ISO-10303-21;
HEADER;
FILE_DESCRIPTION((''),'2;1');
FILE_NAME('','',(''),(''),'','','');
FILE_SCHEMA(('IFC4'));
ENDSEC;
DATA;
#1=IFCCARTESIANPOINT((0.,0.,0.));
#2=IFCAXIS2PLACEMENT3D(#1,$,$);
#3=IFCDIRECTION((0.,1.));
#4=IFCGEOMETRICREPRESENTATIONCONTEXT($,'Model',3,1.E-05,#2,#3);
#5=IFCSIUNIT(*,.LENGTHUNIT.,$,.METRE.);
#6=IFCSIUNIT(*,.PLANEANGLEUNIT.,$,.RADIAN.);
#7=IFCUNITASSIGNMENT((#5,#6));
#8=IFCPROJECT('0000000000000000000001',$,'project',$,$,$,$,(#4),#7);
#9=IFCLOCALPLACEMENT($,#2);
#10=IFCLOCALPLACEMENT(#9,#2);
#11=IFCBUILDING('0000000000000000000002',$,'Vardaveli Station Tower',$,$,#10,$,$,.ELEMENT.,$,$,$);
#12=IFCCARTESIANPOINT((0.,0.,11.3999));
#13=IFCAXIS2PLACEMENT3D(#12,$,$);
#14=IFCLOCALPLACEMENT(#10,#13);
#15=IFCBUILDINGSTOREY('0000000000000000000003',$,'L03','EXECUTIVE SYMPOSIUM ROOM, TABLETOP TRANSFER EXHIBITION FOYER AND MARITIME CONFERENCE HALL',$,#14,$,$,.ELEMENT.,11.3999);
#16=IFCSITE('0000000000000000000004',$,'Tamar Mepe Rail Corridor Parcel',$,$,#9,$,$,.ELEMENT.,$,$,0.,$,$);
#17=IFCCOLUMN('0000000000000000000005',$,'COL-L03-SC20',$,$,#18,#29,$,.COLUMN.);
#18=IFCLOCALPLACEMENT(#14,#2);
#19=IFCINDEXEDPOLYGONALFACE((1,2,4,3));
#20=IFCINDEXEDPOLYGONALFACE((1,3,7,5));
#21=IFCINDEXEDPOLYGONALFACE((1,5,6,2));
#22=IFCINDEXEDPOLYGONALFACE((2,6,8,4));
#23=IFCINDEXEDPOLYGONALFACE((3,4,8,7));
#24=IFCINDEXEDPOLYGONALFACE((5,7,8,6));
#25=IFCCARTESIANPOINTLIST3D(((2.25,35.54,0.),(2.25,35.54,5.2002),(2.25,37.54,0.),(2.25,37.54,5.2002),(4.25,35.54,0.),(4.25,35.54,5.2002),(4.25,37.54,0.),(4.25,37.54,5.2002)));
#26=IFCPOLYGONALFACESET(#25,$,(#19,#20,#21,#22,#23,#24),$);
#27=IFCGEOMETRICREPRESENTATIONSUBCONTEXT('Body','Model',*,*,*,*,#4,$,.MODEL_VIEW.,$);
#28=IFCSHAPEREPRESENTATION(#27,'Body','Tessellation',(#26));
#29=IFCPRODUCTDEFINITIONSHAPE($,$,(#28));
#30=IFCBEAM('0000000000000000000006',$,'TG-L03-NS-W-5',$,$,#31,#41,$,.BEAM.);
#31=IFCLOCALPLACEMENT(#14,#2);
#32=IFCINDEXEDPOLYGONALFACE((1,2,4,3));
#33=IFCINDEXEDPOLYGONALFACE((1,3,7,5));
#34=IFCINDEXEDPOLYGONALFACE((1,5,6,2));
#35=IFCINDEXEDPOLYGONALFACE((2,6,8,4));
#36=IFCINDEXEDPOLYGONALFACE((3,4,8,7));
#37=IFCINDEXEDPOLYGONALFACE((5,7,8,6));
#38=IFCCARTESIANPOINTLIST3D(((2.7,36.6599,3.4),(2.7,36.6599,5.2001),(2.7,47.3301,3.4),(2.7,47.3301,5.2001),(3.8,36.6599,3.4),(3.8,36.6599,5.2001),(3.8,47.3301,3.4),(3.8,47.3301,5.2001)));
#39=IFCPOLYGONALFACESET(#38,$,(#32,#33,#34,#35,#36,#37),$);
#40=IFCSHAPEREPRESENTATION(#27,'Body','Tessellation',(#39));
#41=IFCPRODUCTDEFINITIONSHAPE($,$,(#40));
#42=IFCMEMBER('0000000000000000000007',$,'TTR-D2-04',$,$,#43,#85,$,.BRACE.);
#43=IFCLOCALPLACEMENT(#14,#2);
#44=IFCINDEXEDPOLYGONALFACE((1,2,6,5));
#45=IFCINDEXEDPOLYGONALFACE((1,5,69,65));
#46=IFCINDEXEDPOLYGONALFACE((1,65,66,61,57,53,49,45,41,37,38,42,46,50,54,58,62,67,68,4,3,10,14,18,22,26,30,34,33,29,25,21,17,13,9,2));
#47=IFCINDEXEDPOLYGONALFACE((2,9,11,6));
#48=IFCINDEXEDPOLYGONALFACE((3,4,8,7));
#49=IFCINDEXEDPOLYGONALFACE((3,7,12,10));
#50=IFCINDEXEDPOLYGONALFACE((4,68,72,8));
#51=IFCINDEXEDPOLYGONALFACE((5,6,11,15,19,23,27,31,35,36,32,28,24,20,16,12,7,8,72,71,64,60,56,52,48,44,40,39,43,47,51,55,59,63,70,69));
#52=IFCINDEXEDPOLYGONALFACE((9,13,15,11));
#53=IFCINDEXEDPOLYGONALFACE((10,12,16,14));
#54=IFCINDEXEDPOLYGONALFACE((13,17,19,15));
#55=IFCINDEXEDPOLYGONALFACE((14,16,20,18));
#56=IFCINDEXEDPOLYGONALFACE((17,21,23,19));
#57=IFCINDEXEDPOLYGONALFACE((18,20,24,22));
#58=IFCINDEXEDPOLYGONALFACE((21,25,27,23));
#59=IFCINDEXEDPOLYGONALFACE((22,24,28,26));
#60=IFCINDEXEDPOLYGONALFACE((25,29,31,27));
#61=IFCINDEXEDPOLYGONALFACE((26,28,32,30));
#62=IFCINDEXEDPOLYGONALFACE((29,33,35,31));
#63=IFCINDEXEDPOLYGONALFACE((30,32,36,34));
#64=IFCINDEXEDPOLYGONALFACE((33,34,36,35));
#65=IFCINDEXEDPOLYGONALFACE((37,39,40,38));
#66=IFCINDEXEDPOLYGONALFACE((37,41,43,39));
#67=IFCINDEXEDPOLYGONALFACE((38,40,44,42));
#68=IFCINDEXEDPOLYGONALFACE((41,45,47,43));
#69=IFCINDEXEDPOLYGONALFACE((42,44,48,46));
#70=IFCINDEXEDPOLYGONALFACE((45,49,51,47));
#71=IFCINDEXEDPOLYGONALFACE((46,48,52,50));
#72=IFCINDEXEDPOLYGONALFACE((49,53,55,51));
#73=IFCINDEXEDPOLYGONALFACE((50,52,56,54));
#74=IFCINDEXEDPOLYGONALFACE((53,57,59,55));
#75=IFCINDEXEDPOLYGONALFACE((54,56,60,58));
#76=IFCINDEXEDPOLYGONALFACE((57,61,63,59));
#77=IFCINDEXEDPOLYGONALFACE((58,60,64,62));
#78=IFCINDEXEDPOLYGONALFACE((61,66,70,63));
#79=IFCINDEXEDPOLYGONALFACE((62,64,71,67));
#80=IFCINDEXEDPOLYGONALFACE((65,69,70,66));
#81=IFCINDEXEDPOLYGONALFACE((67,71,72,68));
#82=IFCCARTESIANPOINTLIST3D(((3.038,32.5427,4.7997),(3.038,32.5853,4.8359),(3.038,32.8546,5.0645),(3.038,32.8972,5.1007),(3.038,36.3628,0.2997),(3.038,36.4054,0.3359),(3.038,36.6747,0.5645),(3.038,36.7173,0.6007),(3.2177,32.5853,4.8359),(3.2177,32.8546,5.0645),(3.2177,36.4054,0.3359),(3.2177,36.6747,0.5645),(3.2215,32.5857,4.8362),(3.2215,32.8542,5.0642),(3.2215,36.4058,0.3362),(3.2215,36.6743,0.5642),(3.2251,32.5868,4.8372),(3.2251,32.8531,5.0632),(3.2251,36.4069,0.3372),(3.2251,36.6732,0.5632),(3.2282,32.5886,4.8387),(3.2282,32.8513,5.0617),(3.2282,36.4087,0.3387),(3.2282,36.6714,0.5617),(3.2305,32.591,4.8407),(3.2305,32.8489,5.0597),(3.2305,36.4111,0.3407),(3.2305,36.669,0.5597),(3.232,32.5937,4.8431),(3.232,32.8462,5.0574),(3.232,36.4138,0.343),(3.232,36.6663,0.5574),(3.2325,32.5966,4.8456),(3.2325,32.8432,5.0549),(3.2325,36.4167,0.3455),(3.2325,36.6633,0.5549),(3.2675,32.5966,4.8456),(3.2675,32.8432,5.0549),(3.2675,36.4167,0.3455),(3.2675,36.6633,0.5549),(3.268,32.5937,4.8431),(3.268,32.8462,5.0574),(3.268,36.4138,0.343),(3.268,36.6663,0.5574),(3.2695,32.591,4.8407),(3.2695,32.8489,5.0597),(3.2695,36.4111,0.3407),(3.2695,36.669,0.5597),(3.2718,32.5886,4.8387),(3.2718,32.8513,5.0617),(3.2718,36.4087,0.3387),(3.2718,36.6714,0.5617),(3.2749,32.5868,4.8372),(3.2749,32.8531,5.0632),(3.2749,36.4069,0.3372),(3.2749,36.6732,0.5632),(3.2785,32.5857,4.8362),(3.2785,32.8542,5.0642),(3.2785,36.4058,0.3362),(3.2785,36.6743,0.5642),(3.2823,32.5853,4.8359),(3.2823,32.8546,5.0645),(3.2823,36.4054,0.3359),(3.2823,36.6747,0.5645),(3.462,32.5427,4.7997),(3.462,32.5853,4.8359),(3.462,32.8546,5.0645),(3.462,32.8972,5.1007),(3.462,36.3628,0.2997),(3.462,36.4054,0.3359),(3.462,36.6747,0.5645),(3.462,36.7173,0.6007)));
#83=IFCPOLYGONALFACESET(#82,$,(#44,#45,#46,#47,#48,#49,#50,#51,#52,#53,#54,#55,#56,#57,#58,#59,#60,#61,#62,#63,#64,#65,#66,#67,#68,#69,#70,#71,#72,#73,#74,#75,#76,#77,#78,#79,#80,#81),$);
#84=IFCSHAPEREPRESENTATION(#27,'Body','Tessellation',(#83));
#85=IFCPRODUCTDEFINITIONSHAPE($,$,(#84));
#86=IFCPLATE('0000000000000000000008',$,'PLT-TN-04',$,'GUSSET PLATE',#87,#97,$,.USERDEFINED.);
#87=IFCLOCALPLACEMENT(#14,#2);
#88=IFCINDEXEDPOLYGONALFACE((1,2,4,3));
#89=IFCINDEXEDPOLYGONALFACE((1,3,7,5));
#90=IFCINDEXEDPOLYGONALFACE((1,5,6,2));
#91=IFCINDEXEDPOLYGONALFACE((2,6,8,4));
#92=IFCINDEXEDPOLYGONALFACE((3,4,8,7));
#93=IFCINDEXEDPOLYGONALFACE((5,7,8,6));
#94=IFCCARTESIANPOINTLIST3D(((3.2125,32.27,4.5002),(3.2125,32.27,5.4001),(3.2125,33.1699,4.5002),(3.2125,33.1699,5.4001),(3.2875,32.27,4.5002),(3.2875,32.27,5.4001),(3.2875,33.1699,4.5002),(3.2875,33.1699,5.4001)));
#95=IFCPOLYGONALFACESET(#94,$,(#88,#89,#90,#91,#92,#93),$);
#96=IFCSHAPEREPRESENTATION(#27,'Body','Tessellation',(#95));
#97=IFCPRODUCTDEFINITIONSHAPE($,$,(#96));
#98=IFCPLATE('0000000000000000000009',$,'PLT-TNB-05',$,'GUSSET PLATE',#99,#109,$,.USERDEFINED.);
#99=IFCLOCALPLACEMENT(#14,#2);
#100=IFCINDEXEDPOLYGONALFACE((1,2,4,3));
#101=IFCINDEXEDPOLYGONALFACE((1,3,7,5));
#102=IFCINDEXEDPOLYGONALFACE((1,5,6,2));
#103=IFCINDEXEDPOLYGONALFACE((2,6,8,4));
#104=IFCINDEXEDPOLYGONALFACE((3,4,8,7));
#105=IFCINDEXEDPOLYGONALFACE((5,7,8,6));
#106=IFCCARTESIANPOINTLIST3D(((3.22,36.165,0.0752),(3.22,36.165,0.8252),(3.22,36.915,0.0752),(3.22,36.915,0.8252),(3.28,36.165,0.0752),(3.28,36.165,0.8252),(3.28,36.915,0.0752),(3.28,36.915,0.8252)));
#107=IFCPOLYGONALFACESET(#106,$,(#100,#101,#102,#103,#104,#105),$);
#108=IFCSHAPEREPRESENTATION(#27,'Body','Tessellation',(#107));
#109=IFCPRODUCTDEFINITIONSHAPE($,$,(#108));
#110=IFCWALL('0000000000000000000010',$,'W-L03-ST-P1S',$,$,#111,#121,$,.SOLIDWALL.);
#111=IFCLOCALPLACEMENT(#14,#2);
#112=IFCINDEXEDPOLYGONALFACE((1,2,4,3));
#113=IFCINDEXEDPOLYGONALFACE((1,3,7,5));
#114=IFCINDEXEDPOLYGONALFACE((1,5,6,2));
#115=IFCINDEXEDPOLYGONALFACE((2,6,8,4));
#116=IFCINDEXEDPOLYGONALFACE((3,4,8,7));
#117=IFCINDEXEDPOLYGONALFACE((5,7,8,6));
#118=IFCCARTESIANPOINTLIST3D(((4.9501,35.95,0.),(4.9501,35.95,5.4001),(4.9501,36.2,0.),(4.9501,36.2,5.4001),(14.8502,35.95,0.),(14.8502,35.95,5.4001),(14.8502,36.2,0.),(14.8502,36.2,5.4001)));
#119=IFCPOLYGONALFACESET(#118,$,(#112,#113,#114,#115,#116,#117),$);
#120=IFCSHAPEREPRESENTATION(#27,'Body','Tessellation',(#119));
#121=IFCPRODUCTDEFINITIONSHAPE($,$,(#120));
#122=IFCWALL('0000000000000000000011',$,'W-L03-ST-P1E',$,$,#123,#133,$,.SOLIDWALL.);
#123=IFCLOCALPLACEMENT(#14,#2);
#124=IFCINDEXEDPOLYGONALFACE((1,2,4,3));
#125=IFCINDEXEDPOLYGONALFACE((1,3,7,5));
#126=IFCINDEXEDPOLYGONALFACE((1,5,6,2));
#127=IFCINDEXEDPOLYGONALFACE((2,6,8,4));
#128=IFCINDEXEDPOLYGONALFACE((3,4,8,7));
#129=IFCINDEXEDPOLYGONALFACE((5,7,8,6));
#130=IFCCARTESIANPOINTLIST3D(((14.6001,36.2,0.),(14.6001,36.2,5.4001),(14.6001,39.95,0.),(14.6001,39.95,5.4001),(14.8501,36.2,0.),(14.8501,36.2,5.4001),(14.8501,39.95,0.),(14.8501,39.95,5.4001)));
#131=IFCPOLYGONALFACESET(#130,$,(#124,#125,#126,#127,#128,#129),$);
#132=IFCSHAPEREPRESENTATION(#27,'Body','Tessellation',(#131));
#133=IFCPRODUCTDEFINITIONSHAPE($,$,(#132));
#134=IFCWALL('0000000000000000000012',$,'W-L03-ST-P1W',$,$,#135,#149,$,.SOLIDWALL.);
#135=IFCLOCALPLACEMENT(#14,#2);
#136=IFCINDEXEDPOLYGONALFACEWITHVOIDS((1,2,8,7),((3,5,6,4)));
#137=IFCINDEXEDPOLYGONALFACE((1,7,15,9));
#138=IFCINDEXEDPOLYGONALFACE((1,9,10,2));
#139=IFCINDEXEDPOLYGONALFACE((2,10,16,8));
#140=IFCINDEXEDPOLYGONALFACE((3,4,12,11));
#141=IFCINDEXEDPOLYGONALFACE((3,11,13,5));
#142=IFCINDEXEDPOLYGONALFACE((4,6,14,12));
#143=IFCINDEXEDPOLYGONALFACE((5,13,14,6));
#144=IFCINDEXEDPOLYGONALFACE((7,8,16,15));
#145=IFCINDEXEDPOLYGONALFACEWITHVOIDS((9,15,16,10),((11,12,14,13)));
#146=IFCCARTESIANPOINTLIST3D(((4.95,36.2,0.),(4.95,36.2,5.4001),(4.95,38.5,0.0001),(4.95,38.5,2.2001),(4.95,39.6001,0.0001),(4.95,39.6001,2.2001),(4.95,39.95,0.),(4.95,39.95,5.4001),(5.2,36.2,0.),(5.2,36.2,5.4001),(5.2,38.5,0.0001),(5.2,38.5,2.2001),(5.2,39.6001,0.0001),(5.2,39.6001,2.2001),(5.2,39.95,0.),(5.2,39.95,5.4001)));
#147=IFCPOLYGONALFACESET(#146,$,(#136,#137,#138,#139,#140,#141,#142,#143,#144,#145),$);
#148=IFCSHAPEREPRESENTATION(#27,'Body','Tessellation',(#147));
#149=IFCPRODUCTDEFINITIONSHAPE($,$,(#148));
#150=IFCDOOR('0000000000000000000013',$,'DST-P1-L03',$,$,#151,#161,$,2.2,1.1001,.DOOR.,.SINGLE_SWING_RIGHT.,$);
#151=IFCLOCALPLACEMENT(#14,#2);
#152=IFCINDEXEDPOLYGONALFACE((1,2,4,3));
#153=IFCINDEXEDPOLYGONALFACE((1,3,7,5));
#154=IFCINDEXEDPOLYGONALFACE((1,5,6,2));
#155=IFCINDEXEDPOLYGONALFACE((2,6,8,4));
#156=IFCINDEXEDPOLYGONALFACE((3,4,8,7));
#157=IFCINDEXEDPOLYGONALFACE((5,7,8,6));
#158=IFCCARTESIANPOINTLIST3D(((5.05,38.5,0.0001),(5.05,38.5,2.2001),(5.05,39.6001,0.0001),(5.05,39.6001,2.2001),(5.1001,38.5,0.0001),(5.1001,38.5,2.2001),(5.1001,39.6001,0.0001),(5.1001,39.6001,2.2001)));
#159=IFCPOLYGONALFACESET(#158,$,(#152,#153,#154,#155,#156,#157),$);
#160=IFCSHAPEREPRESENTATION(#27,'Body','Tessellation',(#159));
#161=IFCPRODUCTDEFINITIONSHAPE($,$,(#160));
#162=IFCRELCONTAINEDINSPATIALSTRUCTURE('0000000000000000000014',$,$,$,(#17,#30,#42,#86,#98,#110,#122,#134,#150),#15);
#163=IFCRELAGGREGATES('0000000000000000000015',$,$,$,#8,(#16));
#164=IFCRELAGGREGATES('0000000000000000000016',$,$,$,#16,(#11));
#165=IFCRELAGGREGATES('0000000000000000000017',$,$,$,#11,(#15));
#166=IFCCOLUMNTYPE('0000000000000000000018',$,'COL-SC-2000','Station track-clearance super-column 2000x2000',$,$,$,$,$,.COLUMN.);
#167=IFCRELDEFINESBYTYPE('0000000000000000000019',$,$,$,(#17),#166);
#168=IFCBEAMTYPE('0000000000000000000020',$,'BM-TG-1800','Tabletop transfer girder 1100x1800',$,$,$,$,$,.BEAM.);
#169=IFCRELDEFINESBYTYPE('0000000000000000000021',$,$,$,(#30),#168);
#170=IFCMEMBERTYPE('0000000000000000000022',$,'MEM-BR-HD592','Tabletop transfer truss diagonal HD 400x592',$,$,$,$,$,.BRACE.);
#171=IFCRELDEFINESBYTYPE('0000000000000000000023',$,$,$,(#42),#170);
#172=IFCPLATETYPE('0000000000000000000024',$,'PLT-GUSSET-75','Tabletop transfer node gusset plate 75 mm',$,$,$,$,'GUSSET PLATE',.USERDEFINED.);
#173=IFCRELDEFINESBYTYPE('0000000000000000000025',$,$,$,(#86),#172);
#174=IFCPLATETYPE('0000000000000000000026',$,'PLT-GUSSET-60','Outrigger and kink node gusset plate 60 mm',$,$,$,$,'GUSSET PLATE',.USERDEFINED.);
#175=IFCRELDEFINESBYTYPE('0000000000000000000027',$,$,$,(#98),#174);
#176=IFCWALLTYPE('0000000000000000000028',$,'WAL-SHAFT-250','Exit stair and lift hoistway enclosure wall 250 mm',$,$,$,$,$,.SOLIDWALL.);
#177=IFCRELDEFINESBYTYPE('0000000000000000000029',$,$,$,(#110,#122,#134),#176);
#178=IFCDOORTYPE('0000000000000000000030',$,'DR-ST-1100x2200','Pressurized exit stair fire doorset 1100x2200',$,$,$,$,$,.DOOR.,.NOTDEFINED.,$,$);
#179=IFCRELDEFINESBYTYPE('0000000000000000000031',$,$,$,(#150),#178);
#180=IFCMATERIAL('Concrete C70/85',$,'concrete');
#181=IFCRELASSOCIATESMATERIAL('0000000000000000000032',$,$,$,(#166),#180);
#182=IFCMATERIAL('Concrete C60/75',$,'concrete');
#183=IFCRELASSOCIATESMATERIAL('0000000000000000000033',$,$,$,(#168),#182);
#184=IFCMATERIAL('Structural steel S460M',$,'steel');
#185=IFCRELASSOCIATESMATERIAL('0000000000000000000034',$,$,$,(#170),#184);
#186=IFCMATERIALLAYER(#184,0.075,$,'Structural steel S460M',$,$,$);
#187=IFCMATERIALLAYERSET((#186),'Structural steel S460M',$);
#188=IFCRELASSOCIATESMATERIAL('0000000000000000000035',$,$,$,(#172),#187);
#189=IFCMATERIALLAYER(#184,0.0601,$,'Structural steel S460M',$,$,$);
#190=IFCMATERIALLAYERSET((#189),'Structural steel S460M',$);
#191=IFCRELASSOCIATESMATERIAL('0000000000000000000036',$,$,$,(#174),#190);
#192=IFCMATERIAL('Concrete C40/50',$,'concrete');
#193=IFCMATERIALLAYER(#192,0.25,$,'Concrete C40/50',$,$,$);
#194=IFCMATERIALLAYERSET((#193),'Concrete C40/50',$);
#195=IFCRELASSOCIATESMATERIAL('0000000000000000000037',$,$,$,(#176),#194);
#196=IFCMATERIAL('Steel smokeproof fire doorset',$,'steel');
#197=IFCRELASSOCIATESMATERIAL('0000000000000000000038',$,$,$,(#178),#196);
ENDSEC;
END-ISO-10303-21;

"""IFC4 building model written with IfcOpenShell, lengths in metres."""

from ifc_helpers import new_model, si_unit, direction, frame, frame_2d, origin, origin_2d, place, context, subcontext, project, spatial, rectangle, i_section, extrude, source, transform, mapped, material, layer, layer_set, material_profile, profile_set, type_object, element, fill, save


model = new_model("IFC4")

# Units and contexts
model_context = context("Model", 3, precision=1e-05, world=origin(), true_north=direction((0.0, 1.0)))
body_context = subcontext(model_context, "Body", "Model", "MODEL_VIEW")
ifc_project = project(units=[si_unit("LENGTHUNIT", "METRE"), si_unit("PLANEANGLEUNIT", "RADIAN")], contexts=[model_context])

# Site, building, storey
site_placement = place(None, origin())
site = spatial("IfcSite", under=ifc_project, at=site_placement, Name="Tamar Mepe Rail Corridor Parcel", CompositionType="ELEMENT", RefElevation=0.0)
building_placement = place(site_placement, origin())
building = spatial("IfcBuilding", under=site, at=building_placement, Name="Vardaveli Station Tower", CompositionType="ELEMENT")
storey_placement = place(building_placement, frame((0.0, 0.0, 11.3999)))
storey = spatial("IfcBuildingStorey", under=building, at=storey_placement, Name="L03", Description="EXECUTIVE SYMPOSIUM ROOM, TABLETOP TRANSFER EXHIBITION FOYER AND MARITIME CONFERENCE HALL", CompositionType="ELEMENT", Elevation=11.3999)

# Column
ifc_material_1 = material(Name="Concrete C70/85", Category="concrete")
ifc_material_profile_1 = material_profile(ifc_material_1, rectangle(XDim=2.0, YDim=2.0, at=origin_2d()), Name="SC 2000x2000")
ifc_profile_set_1 = profile_set([ifc_material_profile_1], Name="Concrete C70/85")
column_type = type_object("IfcColumnType", Name="COL-SC-2000", Description="Station track-clearance super-column 2000x2000", PredefinedType="COLUMN", material=ifc_profile_set_1)
shared_shape_1 = source(origin(), body_context, "Body", "SweptSolid", [
    extrude(rectangle(XDim=2.0, YDim=2.0, at=origin_2d()), origin(), (0.0, 0.0, 1.0), 5.2002),
])
column_placement = place(storey_placement, frame((3.25, 36.54, 0.0), z_axis=(0.0, 0.0, 1.0), x_axis=(1.0, 0.0, 0.0)))
element("IfcColumn", 1, at=column_placement, inside=storey, type_object=column_type, Name="COL-L03-SC20", PredefinedType="COLUMN", context=body_context, shape_type="MappedRepresentation", body=[
    mapped(shared_shape_1, transform((0.0, 0.0, 0.0), scale=1.0)),
])

# Beam
ifc_material_2 = material(Name="Concrete C60/75", Category="concrete")
ifc_material_profile_2 = material_profile(ifc_material_2, rectangle(XDim=1.1001, YDim=1.8, at=origin_2d()), Name="TG 1100x1800")
ifc_profile_set_2 = profile_set([ifc_material_profile_2], Name="Concrete C60/75")
beam_type = type_object("IfcBeamType", Name="BM-TG-1800", Description="Tabletop transfer girder 1100x1800", PredefinedType="BEAM", material=ifc_profile_set_2)
shared_shape_2 = source(origin(), body_context, "Body", "SweptSolid", [
    extrude(rectangle(XDim=1.1001, YDim=1.8, at=origin_2d()), origin(), (0.0, 0.0, 1.0), 10.6702),
])
beam_placement = place(storey_placement, frame((3.25, 36.6599, 4.3), z_axis=(0.0, 1.0, 0.0), x_axis=(-1.0, 0.0, 0.0)))
element("IfcBeam", 2, at=beam_placement, inside=storey, type_object=beam_type, Name="TG-L03-NS-W-5", PredefinedType="BEAM", context=body_context, shape_type="MappedRepresentation", body=[
    mapped(shared_shape_2, transform((0.0, 0.0, 0.0), scale=1.0)),
])

# Member
ifc_material_3 = material(Name="Structural steel S460M", Category="steel")
ifc_material_profile_3 = material_profile(ifc_material_3, i_section(OverallWidth=0.4241, OverallDepth=0.4651, WebThickness=0.0349, FlangeThickness=0.0559, FilletRadius=0.0149, at=origin_2d()), Name="HD 400x592")
ifc_profile_set_3 = profile_set([ifc_material_profile_3], Name="Structural steel S460M")
member_type = type_object("IfcMemberType", Name="MEM-BR-HD592", Description="Tabletop transfer truss diagonal HD 400x592", PredefinedType="BRACE", material=ifc_profile_set_3)
shared_shape_3 = source(origin(), body_context, "Body", "SweptSolid", [
    extrude(i_section(OverallWidth=0.4241, OverallDepth=0.4651, WebThickness=0.0349, FlangeThickness=0.0559, FilletRadius=0.0149, at=origin_2d()), origin(), (0.0, 0.0, 1.0), 5.9028),
])
member_placement = place(storey_placement, frame((3.25, 36.54, 0.4502), z_axis=(0.0, -0.647163, 0.762351), x_axis=(1.0, 0.0, 0.0)))
element("IfcMember", 3, at=member_placement, inside=storey, type_object=member_type, Name="TTR-D2-04", PredefinedType="BRACE", context=body_context, shape_type="MappedRepresentation", body=[
    mapped(shared_shape_3, transform((0.0, 0.0, 0.0), scale=1.0)),
])

# Plates
ifc_layer_1 = layer(ifc_material_3, 0.075, Name="Structural steel S460M")
ifc_layer_set_1 = layer_set([ifc_layer_1], Name="Structural steel S460M")
plate_type_1 = type_object("IfcPlateType", Name="PLT-GUSSET-75", Description="Tabletop transfer node gusset plate 75 mm", ElementType="GUSSET PLATE", PredefinedType="USERDEFINED", material=ifc_layer_set_1)
shared_shape_4 = source(origin(), body_context, "Body", "SweptSolid", [
    extrude(rectangle(XDim=0.8999, YDim=0.075, at=origin_2d()), origin(), (0.0, 0.0, 1.0), 0.8999),
])
plate_1_placement = place(storey_placement, frame((3.25, 32.72, 4.5002), z_axis=(0.0, 0.0, 1.0), x_axis=(0.0, 1.0, 0.0)))
element("IfcPlate", 4, at=plate_1_placement, inside=storey, type_object=plate_type_1, Name="PLT-TN-04", ObjectType="GUSSET PLATE", PredefinedType="USERDEFINED", context=body_context, shape_type="MappedRepresentation", body=[
    mapped(shared_shape_4, transform((0.0, 0.0, 0.0), scale=1.0)),
])
ifc_layer_2 = layer(ifc_material_3, 0.0601, Name="Structural steel S460M")
ifc_layer_set_2 = layer_set([ifc_layer_2], Name="Structural steel S460M")
plate_type_2 = type_object("IfcPlateType", Name="PLT-GUSSET-60", Description="Outrigger and kink node gusset plate 60 mm", ElementType="GUSSET PLATE", PredefinedType="USERDEFINED", material=ifc_layer_set_2)
shared_shape_5 = source(origin(), body_context, "Body", "SweptSolid", [
    extrude(rectangle(XDim=0.75, YDim=0.0601, at=origin_2d()), origin(), (0.0, 0.0, 1.0), 0.75),
])
plate_2_placement = place(storey_placement, frame((3.25, 36.54, 0.0752), z_axis=(0.0, 0.0, 1.0), x_axis=(0.0, 1.0, 0.0)))
element("IfcPlate", 5, at=plate_2_placement, inside=storey, type_object=plate_type_2, Name="PLT-TNB-05", ObjectType="GUSSET PLATE", PredefinedType="USERDEFINED", context=body_context, shape_type="MappedRepresentation", body=[
    mapped(shared_shape_5, transform((0.0, 0.0, 0.0), scale=1.0)),
])

# Walls
ifc_material_4 = material(Name="Concrete C40/50", Category="concrete")
ifc_layer_3 = layer(ifc_material_4, 0.25, Name="Concrete C40/50")
ifc_layer_set_3 = layer_set([ifc_layer_3], Name="Concrete C40/50")
wall_type_1 = type_object("IfcWallType", Name="WAL-SHAFT-250", Description="Exit stair and lift hoistway enclosure wall 250 mm", PredefinedType="SOLIDWALL", material=ifc_layer_set_3)
shared_shape_6 = source(origin(), body_context, "Body", "SweptSolid", [
    extrude(rectangle(XDim=9.9001, YDim=0.25, at=frame_2d((4.9502, 0.0))), origin(), (0.0, 0.0, 1.0), 5.4001),
])
wall_1_placement = place(storey_placement, frame((4.95, 36.075, 0.0), z_axis=(0.0, 0.0, 1.0), x_axis=(1.0, 0.0, 0.0)))
element("IfcWall", 6, at=wall_1_placement, inside=storey, type_object=wall_type_1, Name="W-L03-ST-P1S", PredefinedType="SOLIDWALL", context=body_context, shape_type="MappedRepresentation", body=[
    mapped(shared_shape_6, transform((0.0, 0.0, 0.0), scale=1.0)),
])
shared_shape_7 = source(origin(), body_context, "Body", "SweptSolid", [
    extrude(rectangle(XDim=3.75, YDim=0.25, at=frame_2d((1.875, 0.0))), origin(), (0.0, 0.0, 1.0), 5.4001),
])
wall_2_placement = place(storey_placement, frame((14.7251, 36.2, 0.0), z_axis=(0.0, 0.0, 1.0), x_axis=(0.0, 1.0, 0.0)))
element("IfcWall", 7, at=wall_2_placement, inside=storey, type_object=wall_type_1, Name="W-L03-ST-P1E", PredefinedType="SOLIDWALL", context=body_context, shape_type="MappedRepresentation", body=[
    mapped(shared_shape_7, transform((0.0, 0.0, 0.0), scale=1.0)),
])

# Wall, opening, door
wall_3_placement = place(storey_placement, frame((5.075, 36.2, 0.0), z_axis=(0.0, 0.0, 1.0), x_axis=(0.0, 1.0, 0.0)))
wall_3 = element("IfcWall", 8, at=wall_3_placement, inside=storey, type_object=wall_type_1, Name="W-L03-ST-P1W", PredefinedType="SOLIDWALL", context=body_context, shape_type="MappedRepresentation", body=[
    mapped(shared_shape_7, transform((0.0, 0.0, 0.0), scale=1.0)),
])
shared_shape_8 = source(origin(), body_context, "Body", "SweptSolid", [
    extrude(rectangle(XDim=1.1001, YDim=2.2, at=frame_2d((0.55, 1.1001))), frame((0.0, 0.135, 0.0), z_axis=(0.0, -1.0, 0.0), x_axis=(1.0, 0.0, 0.0)), (0.0, 0.0, 1.0), 0.27),
])
opening_placement = place(wall_3_placement, frame((2.3, 0.0, 0.0)))
opening = element("IfcOpeningElement", 9, at=opening_placement, cuts=wall_3, PredefinedType="OPENING", context=body_context, shape_type="MappedRepresentation", body=[
    mapped(shared_shape_8, transform((0.0, 0.0, 0.0), scale=1.0)),
])
ifc_material_5 = material(Name="Steel smokeproof fire doorset", Category="steel")
door_type = type_object("IfcDoorType", Name="DR-ST-1100x2200", Description="Pressurized exit stair fire doorset 1100x2200", OperationType="NOTDEFINED", PredefinedType="DOOR", material=ifc_material_5)
shared_shape_9 = source(origin(), body_context, "Body", "SweptSolid", [
    extrude(rectangle(XDim=1.1001, YDim=2.2, at=frame_2d((0.55, 1.1001))), frame((0.0, 0.0249, 0.0), z_axis=(0.0, -1.0, 0.0), x_axis=(1.0, 0.0, 0.0)), (0.0, 0.0, 1.0), 0.05),
])
door_placement = place(opening_placement, origin())
door = element("IfcDoor", 10, at=door_placement, inside=storey, type_object=door_type, Name="DST-P1-L03", OperationType="SINGLE_SWING_RIGHT", OverallHeight=2.2, OverallWidth=1.1001, PredefinedType="DOOR", context=body_context, shape_type="MappedRepresentation", body=[
    mapped(shared_shape_9, transform((0.0, 0.0, 0.0), scale=1.0)),
])
fill(opening, door)

save(model, "model.ifc")
